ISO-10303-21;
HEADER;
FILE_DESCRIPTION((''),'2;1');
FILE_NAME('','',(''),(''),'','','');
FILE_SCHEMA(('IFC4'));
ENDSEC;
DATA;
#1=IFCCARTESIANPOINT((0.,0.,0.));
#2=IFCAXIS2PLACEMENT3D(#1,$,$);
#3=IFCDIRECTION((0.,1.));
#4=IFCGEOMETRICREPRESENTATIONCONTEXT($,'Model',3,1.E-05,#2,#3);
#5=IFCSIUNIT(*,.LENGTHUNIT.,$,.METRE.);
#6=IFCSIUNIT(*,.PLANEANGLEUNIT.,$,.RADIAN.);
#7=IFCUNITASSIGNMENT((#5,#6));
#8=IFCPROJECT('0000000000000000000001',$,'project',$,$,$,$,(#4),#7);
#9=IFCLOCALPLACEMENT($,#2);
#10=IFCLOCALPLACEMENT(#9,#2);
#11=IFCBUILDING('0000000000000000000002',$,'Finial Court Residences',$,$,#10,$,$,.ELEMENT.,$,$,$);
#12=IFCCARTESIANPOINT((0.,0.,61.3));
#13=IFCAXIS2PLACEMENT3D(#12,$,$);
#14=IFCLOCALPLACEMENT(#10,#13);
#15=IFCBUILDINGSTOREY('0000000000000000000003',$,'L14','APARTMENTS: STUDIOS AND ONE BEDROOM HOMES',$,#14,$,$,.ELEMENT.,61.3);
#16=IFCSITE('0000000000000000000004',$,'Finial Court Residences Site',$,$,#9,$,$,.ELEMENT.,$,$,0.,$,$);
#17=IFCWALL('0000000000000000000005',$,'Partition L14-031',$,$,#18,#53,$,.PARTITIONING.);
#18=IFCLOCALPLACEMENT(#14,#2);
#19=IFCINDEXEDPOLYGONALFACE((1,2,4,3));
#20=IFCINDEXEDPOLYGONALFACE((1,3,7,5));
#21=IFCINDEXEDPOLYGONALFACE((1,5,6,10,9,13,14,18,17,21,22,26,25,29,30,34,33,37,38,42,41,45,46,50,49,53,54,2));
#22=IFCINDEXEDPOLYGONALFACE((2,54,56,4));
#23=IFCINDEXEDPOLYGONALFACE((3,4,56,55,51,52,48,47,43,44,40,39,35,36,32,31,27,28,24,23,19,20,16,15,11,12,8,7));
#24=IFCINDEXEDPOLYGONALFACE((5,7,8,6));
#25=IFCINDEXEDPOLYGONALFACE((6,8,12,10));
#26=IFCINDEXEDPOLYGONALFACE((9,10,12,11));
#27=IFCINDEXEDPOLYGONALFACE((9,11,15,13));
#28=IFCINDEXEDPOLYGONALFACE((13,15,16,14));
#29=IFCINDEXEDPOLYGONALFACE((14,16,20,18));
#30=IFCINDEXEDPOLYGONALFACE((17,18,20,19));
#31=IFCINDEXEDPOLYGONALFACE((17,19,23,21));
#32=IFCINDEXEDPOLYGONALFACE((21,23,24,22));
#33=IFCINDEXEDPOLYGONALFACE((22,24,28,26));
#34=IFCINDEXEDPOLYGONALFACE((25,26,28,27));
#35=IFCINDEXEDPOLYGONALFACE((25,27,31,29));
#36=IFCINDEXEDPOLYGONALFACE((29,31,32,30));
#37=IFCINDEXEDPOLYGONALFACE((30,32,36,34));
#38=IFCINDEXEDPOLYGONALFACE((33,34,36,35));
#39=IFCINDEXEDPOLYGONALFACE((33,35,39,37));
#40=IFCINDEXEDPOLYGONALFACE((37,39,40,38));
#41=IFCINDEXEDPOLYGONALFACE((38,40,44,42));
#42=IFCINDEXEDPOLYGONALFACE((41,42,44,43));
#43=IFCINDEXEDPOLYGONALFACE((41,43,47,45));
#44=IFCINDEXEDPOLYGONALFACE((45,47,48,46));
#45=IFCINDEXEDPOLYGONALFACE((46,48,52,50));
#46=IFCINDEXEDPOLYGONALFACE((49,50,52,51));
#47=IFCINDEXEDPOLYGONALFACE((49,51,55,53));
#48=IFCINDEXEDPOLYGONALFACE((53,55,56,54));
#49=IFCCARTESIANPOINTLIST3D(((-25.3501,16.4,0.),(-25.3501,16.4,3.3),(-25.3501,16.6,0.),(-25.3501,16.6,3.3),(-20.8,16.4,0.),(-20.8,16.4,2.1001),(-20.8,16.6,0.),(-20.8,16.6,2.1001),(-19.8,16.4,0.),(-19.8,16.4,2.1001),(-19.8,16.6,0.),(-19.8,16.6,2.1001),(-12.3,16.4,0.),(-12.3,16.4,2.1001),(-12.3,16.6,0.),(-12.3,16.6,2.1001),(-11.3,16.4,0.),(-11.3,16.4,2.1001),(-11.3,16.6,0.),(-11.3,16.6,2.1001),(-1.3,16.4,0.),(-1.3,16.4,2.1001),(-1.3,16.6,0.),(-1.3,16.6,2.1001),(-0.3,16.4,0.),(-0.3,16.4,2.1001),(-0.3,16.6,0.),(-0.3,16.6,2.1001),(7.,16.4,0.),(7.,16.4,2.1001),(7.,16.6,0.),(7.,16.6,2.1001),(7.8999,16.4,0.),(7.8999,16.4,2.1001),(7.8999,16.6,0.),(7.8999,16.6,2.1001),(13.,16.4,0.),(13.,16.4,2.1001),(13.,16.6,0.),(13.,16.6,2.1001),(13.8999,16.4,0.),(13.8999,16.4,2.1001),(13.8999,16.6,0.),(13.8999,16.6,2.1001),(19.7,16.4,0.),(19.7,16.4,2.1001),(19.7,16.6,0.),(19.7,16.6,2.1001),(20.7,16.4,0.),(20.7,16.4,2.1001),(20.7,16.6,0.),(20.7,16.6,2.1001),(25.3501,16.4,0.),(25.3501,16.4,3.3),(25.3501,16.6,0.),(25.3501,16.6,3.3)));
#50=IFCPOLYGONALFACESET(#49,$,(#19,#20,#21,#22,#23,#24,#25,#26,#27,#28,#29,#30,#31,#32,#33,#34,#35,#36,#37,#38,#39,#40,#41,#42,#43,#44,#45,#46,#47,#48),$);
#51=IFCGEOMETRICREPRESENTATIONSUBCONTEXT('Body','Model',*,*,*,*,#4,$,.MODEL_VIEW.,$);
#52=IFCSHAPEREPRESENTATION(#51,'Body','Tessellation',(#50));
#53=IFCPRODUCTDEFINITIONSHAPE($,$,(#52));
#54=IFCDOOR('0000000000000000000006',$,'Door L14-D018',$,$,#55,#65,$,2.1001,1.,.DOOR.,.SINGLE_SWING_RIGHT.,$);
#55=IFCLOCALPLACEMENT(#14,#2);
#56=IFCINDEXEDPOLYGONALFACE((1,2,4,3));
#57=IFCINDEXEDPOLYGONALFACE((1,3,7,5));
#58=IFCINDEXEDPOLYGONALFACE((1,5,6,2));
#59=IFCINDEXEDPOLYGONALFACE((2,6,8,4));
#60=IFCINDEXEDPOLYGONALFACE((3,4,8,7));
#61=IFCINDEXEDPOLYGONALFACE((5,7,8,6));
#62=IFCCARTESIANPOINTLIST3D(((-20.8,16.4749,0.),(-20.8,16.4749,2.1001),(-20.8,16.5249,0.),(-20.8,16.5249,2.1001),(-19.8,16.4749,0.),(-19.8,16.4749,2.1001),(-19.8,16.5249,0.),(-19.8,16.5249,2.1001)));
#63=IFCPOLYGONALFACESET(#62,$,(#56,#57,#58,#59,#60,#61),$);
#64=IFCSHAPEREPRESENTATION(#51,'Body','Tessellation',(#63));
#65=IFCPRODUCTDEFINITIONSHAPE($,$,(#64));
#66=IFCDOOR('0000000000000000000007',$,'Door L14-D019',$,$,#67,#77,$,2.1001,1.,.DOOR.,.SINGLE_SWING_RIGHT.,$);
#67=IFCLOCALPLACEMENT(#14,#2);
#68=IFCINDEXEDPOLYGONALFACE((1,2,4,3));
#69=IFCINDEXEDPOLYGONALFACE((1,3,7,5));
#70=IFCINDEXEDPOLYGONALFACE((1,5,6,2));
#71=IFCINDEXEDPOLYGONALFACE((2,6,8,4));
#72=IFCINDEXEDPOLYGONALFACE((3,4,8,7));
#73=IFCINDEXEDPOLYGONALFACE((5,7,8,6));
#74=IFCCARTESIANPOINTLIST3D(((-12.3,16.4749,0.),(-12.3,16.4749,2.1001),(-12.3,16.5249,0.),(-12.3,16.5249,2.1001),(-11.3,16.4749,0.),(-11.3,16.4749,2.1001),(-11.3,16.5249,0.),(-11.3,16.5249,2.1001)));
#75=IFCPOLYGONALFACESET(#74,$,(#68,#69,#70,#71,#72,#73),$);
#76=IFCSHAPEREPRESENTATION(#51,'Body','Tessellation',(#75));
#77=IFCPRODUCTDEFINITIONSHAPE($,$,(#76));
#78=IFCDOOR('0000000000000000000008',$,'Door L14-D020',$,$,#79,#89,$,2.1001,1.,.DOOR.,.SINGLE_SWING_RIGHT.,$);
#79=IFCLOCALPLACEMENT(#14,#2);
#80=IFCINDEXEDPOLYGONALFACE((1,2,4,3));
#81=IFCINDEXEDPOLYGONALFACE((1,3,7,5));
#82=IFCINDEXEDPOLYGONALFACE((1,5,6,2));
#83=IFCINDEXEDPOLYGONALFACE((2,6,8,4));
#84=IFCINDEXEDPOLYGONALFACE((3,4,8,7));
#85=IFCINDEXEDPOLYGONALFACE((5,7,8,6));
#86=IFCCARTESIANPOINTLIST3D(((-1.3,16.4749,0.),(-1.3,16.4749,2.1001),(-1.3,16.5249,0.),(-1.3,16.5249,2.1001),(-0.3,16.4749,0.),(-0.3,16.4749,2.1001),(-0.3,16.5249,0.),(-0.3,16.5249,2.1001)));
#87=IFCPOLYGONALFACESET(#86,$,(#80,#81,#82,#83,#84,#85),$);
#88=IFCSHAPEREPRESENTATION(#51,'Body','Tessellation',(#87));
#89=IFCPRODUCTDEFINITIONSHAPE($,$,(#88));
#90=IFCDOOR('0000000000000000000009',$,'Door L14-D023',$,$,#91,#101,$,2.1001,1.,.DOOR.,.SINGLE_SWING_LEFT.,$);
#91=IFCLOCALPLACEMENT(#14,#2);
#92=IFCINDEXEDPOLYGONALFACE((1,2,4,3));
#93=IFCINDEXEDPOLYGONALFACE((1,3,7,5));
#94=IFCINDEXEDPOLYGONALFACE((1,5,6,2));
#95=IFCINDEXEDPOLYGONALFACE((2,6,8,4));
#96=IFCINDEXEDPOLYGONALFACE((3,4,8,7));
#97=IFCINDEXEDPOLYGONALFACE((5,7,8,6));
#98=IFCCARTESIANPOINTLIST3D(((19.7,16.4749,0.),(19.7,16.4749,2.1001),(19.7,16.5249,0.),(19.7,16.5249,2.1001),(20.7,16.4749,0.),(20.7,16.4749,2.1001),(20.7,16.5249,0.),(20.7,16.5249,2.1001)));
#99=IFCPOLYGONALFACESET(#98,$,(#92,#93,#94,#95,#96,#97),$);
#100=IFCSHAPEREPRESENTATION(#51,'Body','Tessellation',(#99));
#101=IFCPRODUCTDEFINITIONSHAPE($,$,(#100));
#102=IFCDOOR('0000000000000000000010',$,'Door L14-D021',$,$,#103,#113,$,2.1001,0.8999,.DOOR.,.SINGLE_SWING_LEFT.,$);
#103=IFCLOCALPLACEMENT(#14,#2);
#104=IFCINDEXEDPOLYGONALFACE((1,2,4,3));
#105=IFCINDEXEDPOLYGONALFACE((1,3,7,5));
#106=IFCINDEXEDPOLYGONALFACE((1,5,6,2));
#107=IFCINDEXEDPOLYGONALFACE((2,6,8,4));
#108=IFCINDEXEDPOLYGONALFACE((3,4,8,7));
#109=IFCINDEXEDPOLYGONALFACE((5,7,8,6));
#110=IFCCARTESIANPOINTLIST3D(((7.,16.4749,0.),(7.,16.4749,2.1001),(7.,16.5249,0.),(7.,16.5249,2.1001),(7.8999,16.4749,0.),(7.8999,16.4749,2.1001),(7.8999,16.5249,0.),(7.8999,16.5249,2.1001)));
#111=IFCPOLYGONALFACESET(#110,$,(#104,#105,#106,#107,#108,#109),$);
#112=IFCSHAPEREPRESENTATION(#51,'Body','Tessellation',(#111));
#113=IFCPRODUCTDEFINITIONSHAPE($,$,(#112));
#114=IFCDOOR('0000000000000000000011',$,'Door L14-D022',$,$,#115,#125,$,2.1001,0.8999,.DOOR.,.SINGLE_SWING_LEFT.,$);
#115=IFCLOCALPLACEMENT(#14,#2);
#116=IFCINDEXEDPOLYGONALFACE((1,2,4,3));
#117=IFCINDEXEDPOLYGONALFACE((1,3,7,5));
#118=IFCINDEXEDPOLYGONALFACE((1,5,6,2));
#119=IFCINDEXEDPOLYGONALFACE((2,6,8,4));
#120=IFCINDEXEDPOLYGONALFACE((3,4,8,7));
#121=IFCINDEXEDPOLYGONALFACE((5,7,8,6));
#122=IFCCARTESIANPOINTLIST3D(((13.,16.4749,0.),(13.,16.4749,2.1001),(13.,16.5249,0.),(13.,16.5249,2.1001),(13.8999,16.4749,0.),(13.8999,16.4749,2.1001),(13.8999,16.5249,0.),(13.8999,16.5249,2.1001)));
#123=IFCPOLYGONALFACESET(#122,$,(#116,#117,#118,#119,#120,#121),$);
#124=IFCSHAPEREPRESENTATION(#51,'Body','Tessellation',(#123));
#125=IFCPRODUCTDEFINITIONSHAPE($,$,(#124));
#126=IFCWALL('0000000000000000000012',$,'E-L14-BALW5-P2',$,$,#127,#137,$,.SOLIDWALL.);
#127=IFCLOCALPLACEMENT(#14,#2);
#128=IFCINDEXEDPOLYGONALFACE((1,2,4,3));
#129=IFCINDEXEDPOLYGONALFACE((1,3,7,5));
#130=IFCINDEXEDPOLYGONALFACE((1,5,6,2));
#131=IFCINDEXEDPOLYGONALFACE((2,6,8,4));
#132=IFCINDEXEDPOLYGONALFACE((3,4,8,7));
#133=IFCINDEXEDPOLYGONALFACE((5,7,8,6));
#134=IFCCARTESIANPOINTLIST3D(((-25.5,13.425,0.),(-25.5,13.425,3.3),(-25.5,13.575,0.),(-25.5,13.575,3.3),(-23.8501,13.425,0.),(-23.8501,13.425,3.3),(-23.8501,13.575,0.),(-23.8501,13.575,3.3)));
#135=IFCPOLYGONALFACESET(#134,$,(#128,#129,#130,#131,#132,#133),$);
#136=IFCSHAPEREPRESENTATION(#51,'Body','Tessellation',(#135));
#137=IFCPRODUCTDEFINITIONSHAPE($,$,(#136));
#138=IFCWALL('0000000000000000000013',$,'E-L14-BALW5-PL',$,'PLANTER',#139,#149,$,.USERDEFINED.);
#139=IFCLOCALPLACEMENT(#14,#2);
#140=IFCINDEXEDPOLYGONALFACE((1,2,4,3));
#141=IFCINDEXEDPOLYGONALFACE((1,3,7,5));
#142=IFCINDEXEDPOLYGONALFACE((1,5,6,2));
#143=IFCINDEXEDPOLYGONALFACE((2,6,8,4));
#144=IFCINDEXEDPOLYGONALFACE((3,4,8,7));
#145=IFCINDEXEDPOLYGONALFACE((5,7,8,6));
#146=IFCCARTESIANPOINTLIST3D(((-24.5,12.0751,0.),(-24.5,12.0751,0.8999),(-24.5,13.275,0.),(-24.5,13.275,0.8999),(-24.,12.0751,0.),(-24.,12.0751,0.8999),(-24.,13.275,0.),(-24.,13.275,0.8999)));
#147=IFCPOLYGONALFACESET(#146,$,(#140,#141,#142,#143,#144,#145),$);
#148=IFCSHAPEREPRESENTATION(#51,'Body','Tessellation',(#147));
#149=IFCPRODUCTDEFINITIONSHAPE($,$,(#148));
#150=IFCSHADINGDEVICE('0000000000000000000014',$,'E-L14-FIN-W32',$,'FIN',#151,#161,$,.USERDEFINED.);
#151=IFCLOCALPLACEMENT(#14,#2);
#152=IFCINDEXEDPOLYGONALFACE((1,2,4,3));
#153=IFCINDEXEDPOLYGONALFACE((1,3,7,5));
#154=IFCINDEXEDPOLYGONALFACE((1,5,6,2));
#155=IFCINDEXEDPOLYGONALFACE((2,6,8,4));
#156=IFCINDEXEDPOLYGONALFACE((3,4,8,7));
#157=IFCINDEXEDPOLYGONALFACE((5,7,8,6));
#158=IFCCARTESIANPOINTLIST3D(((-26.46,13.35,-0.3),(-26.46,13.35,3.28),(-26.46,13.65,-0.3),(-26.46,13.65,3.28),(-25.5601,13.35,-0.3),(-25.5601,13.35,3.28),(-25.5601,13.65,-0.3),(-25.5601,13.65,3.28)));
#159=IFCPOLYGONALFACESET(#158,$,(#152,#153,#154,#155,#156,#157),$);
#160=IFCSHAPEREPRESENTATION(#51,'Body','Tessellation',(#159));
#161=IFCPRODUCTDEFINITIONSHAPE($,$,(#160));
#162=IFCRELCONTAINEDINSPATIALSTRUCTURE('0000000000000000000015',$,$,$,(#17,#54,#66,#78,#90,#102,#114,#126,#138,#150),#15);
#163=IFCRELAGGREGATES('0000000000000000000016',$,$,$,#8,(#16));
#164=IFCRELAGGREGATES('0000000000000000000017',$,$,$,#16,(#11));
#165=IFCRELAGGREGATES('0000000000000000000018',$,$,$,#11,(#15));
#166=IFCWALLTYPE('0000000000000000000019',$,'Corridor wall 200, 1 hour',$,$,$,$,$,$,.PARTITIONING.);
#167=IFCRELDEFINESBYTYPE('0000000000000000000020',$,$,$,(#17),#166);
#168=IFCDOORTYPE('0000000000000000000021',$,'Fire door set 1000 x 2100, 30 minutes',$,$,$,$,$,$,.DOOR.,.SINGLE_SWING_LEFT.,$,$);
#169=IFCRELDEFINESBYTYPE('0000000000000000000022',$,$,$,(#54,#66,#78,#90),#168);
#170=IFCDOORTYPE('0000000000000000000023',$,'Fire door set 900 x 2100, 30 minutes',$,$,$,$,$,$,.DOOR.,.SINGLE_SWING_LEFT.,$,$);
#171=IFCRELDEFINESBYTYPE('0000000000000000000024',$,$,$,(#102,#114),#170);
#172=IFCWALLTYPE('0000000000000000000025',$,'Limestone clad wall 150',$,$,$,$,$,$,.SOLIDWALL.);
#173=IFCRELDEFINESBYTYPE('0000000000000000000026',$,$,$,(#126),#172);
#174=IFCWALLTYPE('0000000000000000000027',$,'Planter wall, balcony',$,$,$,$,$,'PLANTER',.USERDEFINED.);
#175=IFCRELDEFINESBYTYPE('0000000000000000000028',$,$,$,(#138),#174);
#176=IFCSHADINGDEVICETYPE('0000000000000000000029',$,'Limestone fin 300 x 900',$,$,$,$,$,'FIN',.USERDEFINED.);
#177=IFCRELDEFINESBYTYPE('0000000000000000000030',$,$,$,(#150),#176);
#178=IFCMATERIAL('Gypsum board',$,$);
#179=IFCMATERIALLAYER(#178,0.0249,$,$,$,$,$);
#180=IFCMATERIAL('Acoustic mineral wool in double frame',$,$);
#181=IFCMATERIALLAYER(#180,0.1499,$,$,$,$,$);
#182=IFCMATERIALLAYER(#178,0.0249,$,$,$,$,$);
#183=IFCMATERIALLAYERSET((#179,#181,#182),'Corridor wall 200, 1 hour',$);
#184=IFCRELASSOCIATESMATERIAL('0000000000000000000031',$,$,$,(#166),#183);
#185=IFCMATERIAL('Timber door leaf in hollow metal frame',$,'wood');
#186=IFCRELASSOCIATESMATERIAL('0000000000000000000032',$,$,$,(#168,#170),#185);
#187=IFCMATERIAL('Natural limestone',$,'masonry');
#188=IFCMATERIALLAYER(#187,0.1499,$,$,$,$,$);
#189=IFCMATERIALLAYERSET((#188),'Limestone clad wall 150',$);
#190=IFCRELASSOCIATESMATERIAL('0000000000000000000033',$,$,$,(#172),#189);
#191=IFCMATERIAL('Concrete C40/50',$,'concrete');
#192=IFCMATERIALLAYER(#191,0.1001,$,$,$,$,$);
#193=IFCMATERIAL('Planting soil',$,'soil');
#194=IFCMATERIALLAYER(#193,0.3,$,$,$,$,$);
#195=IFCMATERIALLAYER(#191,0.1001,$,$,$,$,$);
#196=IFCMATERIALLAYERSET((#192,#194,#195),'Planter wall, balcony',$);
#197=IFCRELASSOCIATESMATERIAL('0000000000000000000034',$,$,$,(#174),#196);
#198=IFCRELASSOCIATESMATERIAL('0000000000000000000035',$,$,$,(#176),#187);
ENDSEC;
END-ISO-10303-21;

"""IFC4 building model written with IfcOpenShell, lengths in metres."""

from ifc_helpers import new_model, si_unit, direction, frame, frame_2d, origin, origin_2d, place, context, subcontext, project, spatial, rectangle, extrude, material, layer, layer_set, type_object, element, fill, save


model = new_model("IFC4")

# Units and contexts
model_context = context("Model", 3, precision=1e-05, world=origin(), true_north=direction((0.0, 1.0)))
body_context = subcontext(model_context, "Body", "Model", "MODEL_VIEW")
ifc_project = project(units=[si_unit("LENGTHUNIT", "METRE"), si_unit("PLANEANGLEUNIT", "RADIAN")], contexts=[model_context])

# Site, building, storey
site_placement = place(None, origin())
site = spatial("IfcSite", under=ifc_project, at=site_placement, Name="Finial Court Residences Site", CompositionType="ELEMENT", RefElevation=0.0)
building_placement = place(site_placement, origin())
building = spatial("IfcBuilding", under=site, at=building_placement, Name="Finial Court Residences", CompositionType="ELEMENT")
storey_placement = place(building_placement, frame((0.0, 0.0, 61.3)))
storey = spatial("IfcBuildingStorey", under=building, at=storey_placement, Name="L14", Description="APARTMENTS: STUDIOS AND ONE BEDROOM HOMES", CompositionType="ELEMENT", Elevation=61.3)

# Shared definitions
ifc_material_1 = material(Name="Gypsum board")
ifc_material_2 = material(Name="Acoustic mineral wool in double frame")
ifc_layer_1 = layer(ifc_material_1, 0.0249)
ifc_layer_2 = layer(ifc_material_2, 0.1499)
ifc_layer_3 = layer(ifc_material_1, 0.0249)
ifc_layer_set_1 = layer_set([ifc_layer_1, ifc_layer_2, ifc_layer_3], Name="Corridor wall 200, 1 hour")
wall_type_1 = type_object("IfcWallType", Name="Corridor wall 200, 1 hour", PredefinedType="PARTITIONING", material=ifc_layer_set_1)

# Wall, openings, doors
wall_1_placement = place(storey_placement, frame((-25.3501, 16.5, 0.0), z_axis=(0.0, 0.0, 1.0), x_axis=(1.0, 0.0, 0.0)))
wall_1 = element("IfcWall", 1, at=wall_1_placement, inside=storey, type_object=wall_type_1, Name="Partition L14-031", PredefinedType="PARTITIONING", context=body_context, shape_type="SweptSolid", body=[
    extrude(rectangle(XDim=50.7002, YDim=0.2, at=frame_2d((25.3501, 0.0))), origin(), (0.0, 0.0, 1.0), 3.3),
])
opening_1_placement = place(wall_1_placement, frame((4.55, 0.0, 0.0)))
opening_1 = element("IfcOpeningElement", 2, at=opening_1_placement, cuts=wall_1, PredefinedType="OPENING", context=body_context, shape_type="SweptSolid", body=[
    extrude(rectangle(XDim=1.0, YDim=2.1001, at=frame_2d((0.5, 1.05))), frame((0.0, 0.1099, 0.0), z_axis=(0.0, -1.0, 0.0), x_axis=(1.0, 0.0, 0.0)), (0.0, 0.0, 1.0), 0.22),
])
opening_2_placement = place(wall_1_placement, frame((13.05, 0.0, 0.0)))
opening_2 = element("IfcOpeningElement", 3, at=opening_2_placement, cuts=wall_1, PredefinedType="OPENING", context=body_context, shape_type="SweptSolid", body=[
    extrude(rectangle(XDim=1.0, YDim=2.1001, at=frame_2d((0.5, 1.05))), frame((0.0, 0.1099, 0.0), z_axis=(0.0, -1.0, 0.0), x_axis=(1.0, 0.0, 0.0)), (0.0, 0.0, 1.0), 0.22),
])
opening_3_placement = place(wall_1_placement, frame((24.05, 0.0, 0.0)))
opening_3 = element("IfcOpeningElement", 4, at=opening_3_placement, cuts=wall_1, PredefinedType="OPENING", context=body_context, shape_type="SweptSolid", body=[
    extrude(rectangle(XDim=1.0, YDim=2.1001, at=frame_2d((0.5, 1.05))), frame((0.0, 0.1099, 0.0), z_axis=(0.0, -1.0, 0.0), x_axis=(1.0, 0.0, 0.0)), (0.0, 0.0, 1.0), 0.22),
])
opening_4_placement = place(wall_1_placement, frame((32.3501, 0.0, 0.0)))
opening_4 = element("IfcOpeningElement", 5, at=opening_4_placement, cuts=wall_1, PredefinedType="OPENING", context=body_context, shape_type="SweptSolid", body=[
    extrude(rectangle(XDim=0.8999, YDim=2.1001, at=frame_2d((0.45, 1.05))), frame((0.0, 0.1099, 0.0), z_axis=(0.0, -1.0, 0.0), x_axis=(1.0, 0.0, 0.0)), (0.0, 0.0, 1.0), 0.22),
])
opening_5_placement = place(wall_1_placement, frame((38.3501, 0.0, 0.0)))
opening_5 = element("IfcOpeningElement", 6, at=opening_5_placement, cuts=wall_1, PredefinedType="OPENING", context=body_context, shape_type="SweptSolid", body=[
    extrude(rectangle(XDim=0.8999, YDim=2.1001, at=frame_2d((0.45, 1.05))), frame((0.0, 0.1099, 0.0), z_axis=(0.0, -1.0, 0.0), x_axis=(1.0, 0.0, 0.0)), (0.0, 0.0, 1.0), 0.22),
])
opening_6_placement = place(wall_1_placement, frame((45.05, 0.0, 0.0)))
opening_6 = element("IfcOpeningElement", 7, at=opening_6_placement, cuts=wall_1, PredefinedType="OPENING", context=body_context, shape_type="SweptSolid", body=[
    extrude(rectangle(XDim=1.0, YDim=2.1001, at=frame_2d((0.5, 1.05))), frame((0.0, 0.1099, 0.0), z_axis=(0.0, -1.0, 0.0), x_axis=(1.0, 0.0, 0.0)), (0.0, 0.0, 1.0), 0.22),
])
ifc_material_3 = material(Name="Timber door leaf in hollow metal frame", Category="wood")
door_type_1 = type_object("IfcDoorType", Name="Fire door set 1000 x 2100, 30 minutes", OperationType="SINGLE_SWING_LEFT", PredefinedType="DOOR", material=ifc_material_3)
door_1_placement = place(opening_1_placement, origin())
door_1 = element("IfcDoor", 8, at=door_1_placement, inside=storey, type_object=door_type_1, Name="Door L14-D018", OperationType="SINGLE_SWING_RIGHT", OverallHeight=2.1001, OverallWidth=1.0, PredefinedType="DOOR", context=body_context, shape_type="SweptSolid", body=[
    extrude(rectangle(XDim=1.0, YDim=2.1001, at=frame_2d((0.5, 1.05))), frame((0.0, 0.0249, 0.0), z_axis=(0.0, -1.0, 0.0), x_axis=(1.0, 0.0, 0.0)), (0.0, 0.0, 1.0), 0.05),
])
fill(opening_1, door_1)
door_2_placement = place(opening_2_placement, origin())
door_2 = element("IfcDoor", 9, at=door_2_placement, inside=storey, type_object=door_type_1, Name="Door L14-D019", OperationType="SINGLE_SWING_RIGHT", OverallHeight=2.1001, OverallWidth=1.0, PredefinedType="DOOR", context=body_context, shape_type="SweptSolid", body=[
    extrude(rectangle(XDim=1.0, YDim=2.1001, at=frame_2d((0.5, 1.05))), frame((0.0, 0.0249, 0.0), z_axis=(0.0, -1.0, 0.0), x_axis=(1.0, 0.0, 0.0)), (0.0, 0.0, 1.0), 0.05),
])
fill(opening_2, door_2)
door_3_placement = place(opening_3_placement, origin())
door_3 = element("IfcDoor", 10, at=door_3_placement, inside=storey, type_object=door_type_1, Name="Door L14-D020", OperationType="SINGLE_SWING_RIGHT", OverallHeight=2.1001, OverallWidth=1.0, PredefinedType="DOOR", context=body_context, shape_type="SweptSolid", body=[
    extrude(rectangle(XDim=1.0, YDim=2.1001, at=frame_2d((0.5, 1.05))), frame((0.0, 0.0249, 0.0), z_axis=(0.0, -1.0, 0.0), x_axis=(1.0, 0.0, 0.0)), (0.0, 0.0, 1.0), 0.05),
])
fill(opening_3, door_3)
door_4_placement = place(opening_6_placement, origin())
door_4 = element("IfcDoor", 11, at=door_4_placement, inside=storey, type_object=door_type_1, Name="Door L14-D023", OperationType="SINGLE_SWING_LEFT", OverallHeight=2.1001, OverallWidth=1.0, PredefinedType="DOOR", context=body_context, shape_type="SweptSolid", body=[
    extrude(rectangle(XDim=1.0, YDim=2.1001, at=frame_2d((0.5, 1.05))), frame((0.0, 0.0249, 0.0), z_axis=(0.0, -1.0, 0.0), x_axis=(1.0, 0.0, 0.0)), (0.0, 0.0, 1.0), 0.05),
])
fill(opening_6, door_4)
door_type_2 = type_object("IfcDoorType", Name="Fire door set 900 x 2100, 30 minutes", OperationType="SINGLE_SWING_LEFT", PredefinedType="DOOR", material=ifc_material_3)
door_5_placement = place(opening_4_placement, origin())
door_5 = element("IfcDoor", 12, at=door_5_placement, inside=storey, type_object=door_type_2, Name="Door L14-D021", OperationType="SINGLE_SWING_LEFT", OverallHeight=2.1001, OverallWidth=0.8999, PredefinedType="DOOR", context=body_context, shape_type="SweptSolid", body=[
    extrude(rectangle(XDim=0.8999, YDim=2.1001, at=frame_2d((0.45, 1.05))), frame((0.0, 0.0249, 0.0), z_axis=(0.0, -1.0, 0.0), x_axis=(1.0, 0.0, 0.0)), (0.0, 0.0, 1.0), 0.05),
])
fill(opening_4, door_5)
door_6_placement = place(opening_5_placement, origin())
door_6 = element("IfcDoor", 13, at=door_6_placement, inside=storey, type_object=door_type_2, Name="Door L14-D022", OperationType="SINGLE_SWING_LEFT", OverallHeight=2.1001, OverallWidth=0.8999, PredefinedType="DOOR", context=body_context, shape_type="SweptSolid", body=[
    extrude(rectangle(XDim=0.8999, YDim=2.1001, at=frame_2d((0.45, 1.05))), frame((0.0, 0.0249, 0.0), z_axis=(0.0, -1.0, 0.0), x_axis=(1.0, 0.0, 0.0)), (0.0, 0.0, 1.0), 0.05),
])
fill(opening_5, door_6)

# Wall
ifc_material_4 = material(Name="Natural limestone", Category="masonry")
ifc_layer_4 = layer(ifc_material_4, 0.1499)
ifc_layer_set_2 = layer_set([ifc_layer_4], Name="Limestone clad wall 150")
wall_type_2 = type_object("IfcWallType", Name="Limestone clad wall 150", PredefinedType="SOLIDWALL", material=ifc_layer_set_2)
wall_2_placement = place(storey_placement, frame((-23.8501, 13.5, 0.0), z_axis=(0.0, 0.0, 1.0), x_axis=(-1.0, 0.0, 0.0)))
element("IfcWall", 14, at=wall_2_placement, inside=storey, type_object=wall_type_2, Name="E-L14-BALW5-P2", PredefinedType="SOLIDWALL", context=body_context, shape_type="SweptSolid", body=[
    extrude(rectangle(XDim=1.6499, YDim=0.1499, at=frame_2d((0.825, 0.0))), origin(), (0.0, 0.0, 1.0), 3.3),
])

# Wall
ifc_material_5 = material(Name="Concrete C40/50", Category="concrete")
ifc_layer_5 = layer(ifc_material_5, 0.1001)
ifc_material_6 = material(Name="Planting soil", Category="soil")
ifc_layer_6 = layer(ifc_material_6, 0.3)
ifc_layer_7 = layer(ifc_material_5, 0.1001)
ifc_layer_set_3 = layer_set([ifc_layer_5, ifc_layer_6, ifc_layer_7], Name="Planter wall, balcony")
wall_type_3 = type_object("IfcWallType", Name="Planter wall, balcony", ElementType="PLANTER", PredefinedType="USERDEFINED", material=ifc_layer_set_3)
wall_3_placement = place(storey_placement, frame((-24.25, 12.075, 0.0), z_axis=(0.0, 0.0, 1.0), x_axis=(0.0, 1.0, 0.0)))
element("IfcWall", 15, at=wall_3_placement, inside=storey, type_object=wall_type_3, Name="E-L14-BALW5-PL", ObjectType="PLANTER", PredefinedType="USERDEFINED", context=body_context, shape_type="SweptSolid", body=[
    extrude(rectangle(XDim=1.2, YDim=0.5, at=frame_2d((0.6001, 0.0))), origin(), (0.0, 0.0, 1.0), 0.8999),
])

# Shading device
shading_device_type = type_object("IfcShadingDeviceType", Name="Limestone fin 300 x 900", ElementType="FIN", PredefinedType="USERDEFINED", material=ifc_material_4)
shading_device_placement = place(storey_placement, frame((-26.01, 13.5, -0.3), z_axis=(0.0, 0.0, 1.0), x_axis=(1.0, 0.0, 0.0)))
element("IfcShadingDevice", 16, at=shading_device_placement, inside=storey, type_object=shading_device_type, Name="E-L14-FIN-W32", ObjectType="FIN", PredefinedType="USERDEFINED", context=body_context, shape_type="SweptSolid", body=[
    extrude(rectangle(XDim=0.8999, YDim=0.3, at=origin_2d()), origin(), (0.0, 0.0, 1.0), 3.5801),
])

save(model, "model.ifc")
